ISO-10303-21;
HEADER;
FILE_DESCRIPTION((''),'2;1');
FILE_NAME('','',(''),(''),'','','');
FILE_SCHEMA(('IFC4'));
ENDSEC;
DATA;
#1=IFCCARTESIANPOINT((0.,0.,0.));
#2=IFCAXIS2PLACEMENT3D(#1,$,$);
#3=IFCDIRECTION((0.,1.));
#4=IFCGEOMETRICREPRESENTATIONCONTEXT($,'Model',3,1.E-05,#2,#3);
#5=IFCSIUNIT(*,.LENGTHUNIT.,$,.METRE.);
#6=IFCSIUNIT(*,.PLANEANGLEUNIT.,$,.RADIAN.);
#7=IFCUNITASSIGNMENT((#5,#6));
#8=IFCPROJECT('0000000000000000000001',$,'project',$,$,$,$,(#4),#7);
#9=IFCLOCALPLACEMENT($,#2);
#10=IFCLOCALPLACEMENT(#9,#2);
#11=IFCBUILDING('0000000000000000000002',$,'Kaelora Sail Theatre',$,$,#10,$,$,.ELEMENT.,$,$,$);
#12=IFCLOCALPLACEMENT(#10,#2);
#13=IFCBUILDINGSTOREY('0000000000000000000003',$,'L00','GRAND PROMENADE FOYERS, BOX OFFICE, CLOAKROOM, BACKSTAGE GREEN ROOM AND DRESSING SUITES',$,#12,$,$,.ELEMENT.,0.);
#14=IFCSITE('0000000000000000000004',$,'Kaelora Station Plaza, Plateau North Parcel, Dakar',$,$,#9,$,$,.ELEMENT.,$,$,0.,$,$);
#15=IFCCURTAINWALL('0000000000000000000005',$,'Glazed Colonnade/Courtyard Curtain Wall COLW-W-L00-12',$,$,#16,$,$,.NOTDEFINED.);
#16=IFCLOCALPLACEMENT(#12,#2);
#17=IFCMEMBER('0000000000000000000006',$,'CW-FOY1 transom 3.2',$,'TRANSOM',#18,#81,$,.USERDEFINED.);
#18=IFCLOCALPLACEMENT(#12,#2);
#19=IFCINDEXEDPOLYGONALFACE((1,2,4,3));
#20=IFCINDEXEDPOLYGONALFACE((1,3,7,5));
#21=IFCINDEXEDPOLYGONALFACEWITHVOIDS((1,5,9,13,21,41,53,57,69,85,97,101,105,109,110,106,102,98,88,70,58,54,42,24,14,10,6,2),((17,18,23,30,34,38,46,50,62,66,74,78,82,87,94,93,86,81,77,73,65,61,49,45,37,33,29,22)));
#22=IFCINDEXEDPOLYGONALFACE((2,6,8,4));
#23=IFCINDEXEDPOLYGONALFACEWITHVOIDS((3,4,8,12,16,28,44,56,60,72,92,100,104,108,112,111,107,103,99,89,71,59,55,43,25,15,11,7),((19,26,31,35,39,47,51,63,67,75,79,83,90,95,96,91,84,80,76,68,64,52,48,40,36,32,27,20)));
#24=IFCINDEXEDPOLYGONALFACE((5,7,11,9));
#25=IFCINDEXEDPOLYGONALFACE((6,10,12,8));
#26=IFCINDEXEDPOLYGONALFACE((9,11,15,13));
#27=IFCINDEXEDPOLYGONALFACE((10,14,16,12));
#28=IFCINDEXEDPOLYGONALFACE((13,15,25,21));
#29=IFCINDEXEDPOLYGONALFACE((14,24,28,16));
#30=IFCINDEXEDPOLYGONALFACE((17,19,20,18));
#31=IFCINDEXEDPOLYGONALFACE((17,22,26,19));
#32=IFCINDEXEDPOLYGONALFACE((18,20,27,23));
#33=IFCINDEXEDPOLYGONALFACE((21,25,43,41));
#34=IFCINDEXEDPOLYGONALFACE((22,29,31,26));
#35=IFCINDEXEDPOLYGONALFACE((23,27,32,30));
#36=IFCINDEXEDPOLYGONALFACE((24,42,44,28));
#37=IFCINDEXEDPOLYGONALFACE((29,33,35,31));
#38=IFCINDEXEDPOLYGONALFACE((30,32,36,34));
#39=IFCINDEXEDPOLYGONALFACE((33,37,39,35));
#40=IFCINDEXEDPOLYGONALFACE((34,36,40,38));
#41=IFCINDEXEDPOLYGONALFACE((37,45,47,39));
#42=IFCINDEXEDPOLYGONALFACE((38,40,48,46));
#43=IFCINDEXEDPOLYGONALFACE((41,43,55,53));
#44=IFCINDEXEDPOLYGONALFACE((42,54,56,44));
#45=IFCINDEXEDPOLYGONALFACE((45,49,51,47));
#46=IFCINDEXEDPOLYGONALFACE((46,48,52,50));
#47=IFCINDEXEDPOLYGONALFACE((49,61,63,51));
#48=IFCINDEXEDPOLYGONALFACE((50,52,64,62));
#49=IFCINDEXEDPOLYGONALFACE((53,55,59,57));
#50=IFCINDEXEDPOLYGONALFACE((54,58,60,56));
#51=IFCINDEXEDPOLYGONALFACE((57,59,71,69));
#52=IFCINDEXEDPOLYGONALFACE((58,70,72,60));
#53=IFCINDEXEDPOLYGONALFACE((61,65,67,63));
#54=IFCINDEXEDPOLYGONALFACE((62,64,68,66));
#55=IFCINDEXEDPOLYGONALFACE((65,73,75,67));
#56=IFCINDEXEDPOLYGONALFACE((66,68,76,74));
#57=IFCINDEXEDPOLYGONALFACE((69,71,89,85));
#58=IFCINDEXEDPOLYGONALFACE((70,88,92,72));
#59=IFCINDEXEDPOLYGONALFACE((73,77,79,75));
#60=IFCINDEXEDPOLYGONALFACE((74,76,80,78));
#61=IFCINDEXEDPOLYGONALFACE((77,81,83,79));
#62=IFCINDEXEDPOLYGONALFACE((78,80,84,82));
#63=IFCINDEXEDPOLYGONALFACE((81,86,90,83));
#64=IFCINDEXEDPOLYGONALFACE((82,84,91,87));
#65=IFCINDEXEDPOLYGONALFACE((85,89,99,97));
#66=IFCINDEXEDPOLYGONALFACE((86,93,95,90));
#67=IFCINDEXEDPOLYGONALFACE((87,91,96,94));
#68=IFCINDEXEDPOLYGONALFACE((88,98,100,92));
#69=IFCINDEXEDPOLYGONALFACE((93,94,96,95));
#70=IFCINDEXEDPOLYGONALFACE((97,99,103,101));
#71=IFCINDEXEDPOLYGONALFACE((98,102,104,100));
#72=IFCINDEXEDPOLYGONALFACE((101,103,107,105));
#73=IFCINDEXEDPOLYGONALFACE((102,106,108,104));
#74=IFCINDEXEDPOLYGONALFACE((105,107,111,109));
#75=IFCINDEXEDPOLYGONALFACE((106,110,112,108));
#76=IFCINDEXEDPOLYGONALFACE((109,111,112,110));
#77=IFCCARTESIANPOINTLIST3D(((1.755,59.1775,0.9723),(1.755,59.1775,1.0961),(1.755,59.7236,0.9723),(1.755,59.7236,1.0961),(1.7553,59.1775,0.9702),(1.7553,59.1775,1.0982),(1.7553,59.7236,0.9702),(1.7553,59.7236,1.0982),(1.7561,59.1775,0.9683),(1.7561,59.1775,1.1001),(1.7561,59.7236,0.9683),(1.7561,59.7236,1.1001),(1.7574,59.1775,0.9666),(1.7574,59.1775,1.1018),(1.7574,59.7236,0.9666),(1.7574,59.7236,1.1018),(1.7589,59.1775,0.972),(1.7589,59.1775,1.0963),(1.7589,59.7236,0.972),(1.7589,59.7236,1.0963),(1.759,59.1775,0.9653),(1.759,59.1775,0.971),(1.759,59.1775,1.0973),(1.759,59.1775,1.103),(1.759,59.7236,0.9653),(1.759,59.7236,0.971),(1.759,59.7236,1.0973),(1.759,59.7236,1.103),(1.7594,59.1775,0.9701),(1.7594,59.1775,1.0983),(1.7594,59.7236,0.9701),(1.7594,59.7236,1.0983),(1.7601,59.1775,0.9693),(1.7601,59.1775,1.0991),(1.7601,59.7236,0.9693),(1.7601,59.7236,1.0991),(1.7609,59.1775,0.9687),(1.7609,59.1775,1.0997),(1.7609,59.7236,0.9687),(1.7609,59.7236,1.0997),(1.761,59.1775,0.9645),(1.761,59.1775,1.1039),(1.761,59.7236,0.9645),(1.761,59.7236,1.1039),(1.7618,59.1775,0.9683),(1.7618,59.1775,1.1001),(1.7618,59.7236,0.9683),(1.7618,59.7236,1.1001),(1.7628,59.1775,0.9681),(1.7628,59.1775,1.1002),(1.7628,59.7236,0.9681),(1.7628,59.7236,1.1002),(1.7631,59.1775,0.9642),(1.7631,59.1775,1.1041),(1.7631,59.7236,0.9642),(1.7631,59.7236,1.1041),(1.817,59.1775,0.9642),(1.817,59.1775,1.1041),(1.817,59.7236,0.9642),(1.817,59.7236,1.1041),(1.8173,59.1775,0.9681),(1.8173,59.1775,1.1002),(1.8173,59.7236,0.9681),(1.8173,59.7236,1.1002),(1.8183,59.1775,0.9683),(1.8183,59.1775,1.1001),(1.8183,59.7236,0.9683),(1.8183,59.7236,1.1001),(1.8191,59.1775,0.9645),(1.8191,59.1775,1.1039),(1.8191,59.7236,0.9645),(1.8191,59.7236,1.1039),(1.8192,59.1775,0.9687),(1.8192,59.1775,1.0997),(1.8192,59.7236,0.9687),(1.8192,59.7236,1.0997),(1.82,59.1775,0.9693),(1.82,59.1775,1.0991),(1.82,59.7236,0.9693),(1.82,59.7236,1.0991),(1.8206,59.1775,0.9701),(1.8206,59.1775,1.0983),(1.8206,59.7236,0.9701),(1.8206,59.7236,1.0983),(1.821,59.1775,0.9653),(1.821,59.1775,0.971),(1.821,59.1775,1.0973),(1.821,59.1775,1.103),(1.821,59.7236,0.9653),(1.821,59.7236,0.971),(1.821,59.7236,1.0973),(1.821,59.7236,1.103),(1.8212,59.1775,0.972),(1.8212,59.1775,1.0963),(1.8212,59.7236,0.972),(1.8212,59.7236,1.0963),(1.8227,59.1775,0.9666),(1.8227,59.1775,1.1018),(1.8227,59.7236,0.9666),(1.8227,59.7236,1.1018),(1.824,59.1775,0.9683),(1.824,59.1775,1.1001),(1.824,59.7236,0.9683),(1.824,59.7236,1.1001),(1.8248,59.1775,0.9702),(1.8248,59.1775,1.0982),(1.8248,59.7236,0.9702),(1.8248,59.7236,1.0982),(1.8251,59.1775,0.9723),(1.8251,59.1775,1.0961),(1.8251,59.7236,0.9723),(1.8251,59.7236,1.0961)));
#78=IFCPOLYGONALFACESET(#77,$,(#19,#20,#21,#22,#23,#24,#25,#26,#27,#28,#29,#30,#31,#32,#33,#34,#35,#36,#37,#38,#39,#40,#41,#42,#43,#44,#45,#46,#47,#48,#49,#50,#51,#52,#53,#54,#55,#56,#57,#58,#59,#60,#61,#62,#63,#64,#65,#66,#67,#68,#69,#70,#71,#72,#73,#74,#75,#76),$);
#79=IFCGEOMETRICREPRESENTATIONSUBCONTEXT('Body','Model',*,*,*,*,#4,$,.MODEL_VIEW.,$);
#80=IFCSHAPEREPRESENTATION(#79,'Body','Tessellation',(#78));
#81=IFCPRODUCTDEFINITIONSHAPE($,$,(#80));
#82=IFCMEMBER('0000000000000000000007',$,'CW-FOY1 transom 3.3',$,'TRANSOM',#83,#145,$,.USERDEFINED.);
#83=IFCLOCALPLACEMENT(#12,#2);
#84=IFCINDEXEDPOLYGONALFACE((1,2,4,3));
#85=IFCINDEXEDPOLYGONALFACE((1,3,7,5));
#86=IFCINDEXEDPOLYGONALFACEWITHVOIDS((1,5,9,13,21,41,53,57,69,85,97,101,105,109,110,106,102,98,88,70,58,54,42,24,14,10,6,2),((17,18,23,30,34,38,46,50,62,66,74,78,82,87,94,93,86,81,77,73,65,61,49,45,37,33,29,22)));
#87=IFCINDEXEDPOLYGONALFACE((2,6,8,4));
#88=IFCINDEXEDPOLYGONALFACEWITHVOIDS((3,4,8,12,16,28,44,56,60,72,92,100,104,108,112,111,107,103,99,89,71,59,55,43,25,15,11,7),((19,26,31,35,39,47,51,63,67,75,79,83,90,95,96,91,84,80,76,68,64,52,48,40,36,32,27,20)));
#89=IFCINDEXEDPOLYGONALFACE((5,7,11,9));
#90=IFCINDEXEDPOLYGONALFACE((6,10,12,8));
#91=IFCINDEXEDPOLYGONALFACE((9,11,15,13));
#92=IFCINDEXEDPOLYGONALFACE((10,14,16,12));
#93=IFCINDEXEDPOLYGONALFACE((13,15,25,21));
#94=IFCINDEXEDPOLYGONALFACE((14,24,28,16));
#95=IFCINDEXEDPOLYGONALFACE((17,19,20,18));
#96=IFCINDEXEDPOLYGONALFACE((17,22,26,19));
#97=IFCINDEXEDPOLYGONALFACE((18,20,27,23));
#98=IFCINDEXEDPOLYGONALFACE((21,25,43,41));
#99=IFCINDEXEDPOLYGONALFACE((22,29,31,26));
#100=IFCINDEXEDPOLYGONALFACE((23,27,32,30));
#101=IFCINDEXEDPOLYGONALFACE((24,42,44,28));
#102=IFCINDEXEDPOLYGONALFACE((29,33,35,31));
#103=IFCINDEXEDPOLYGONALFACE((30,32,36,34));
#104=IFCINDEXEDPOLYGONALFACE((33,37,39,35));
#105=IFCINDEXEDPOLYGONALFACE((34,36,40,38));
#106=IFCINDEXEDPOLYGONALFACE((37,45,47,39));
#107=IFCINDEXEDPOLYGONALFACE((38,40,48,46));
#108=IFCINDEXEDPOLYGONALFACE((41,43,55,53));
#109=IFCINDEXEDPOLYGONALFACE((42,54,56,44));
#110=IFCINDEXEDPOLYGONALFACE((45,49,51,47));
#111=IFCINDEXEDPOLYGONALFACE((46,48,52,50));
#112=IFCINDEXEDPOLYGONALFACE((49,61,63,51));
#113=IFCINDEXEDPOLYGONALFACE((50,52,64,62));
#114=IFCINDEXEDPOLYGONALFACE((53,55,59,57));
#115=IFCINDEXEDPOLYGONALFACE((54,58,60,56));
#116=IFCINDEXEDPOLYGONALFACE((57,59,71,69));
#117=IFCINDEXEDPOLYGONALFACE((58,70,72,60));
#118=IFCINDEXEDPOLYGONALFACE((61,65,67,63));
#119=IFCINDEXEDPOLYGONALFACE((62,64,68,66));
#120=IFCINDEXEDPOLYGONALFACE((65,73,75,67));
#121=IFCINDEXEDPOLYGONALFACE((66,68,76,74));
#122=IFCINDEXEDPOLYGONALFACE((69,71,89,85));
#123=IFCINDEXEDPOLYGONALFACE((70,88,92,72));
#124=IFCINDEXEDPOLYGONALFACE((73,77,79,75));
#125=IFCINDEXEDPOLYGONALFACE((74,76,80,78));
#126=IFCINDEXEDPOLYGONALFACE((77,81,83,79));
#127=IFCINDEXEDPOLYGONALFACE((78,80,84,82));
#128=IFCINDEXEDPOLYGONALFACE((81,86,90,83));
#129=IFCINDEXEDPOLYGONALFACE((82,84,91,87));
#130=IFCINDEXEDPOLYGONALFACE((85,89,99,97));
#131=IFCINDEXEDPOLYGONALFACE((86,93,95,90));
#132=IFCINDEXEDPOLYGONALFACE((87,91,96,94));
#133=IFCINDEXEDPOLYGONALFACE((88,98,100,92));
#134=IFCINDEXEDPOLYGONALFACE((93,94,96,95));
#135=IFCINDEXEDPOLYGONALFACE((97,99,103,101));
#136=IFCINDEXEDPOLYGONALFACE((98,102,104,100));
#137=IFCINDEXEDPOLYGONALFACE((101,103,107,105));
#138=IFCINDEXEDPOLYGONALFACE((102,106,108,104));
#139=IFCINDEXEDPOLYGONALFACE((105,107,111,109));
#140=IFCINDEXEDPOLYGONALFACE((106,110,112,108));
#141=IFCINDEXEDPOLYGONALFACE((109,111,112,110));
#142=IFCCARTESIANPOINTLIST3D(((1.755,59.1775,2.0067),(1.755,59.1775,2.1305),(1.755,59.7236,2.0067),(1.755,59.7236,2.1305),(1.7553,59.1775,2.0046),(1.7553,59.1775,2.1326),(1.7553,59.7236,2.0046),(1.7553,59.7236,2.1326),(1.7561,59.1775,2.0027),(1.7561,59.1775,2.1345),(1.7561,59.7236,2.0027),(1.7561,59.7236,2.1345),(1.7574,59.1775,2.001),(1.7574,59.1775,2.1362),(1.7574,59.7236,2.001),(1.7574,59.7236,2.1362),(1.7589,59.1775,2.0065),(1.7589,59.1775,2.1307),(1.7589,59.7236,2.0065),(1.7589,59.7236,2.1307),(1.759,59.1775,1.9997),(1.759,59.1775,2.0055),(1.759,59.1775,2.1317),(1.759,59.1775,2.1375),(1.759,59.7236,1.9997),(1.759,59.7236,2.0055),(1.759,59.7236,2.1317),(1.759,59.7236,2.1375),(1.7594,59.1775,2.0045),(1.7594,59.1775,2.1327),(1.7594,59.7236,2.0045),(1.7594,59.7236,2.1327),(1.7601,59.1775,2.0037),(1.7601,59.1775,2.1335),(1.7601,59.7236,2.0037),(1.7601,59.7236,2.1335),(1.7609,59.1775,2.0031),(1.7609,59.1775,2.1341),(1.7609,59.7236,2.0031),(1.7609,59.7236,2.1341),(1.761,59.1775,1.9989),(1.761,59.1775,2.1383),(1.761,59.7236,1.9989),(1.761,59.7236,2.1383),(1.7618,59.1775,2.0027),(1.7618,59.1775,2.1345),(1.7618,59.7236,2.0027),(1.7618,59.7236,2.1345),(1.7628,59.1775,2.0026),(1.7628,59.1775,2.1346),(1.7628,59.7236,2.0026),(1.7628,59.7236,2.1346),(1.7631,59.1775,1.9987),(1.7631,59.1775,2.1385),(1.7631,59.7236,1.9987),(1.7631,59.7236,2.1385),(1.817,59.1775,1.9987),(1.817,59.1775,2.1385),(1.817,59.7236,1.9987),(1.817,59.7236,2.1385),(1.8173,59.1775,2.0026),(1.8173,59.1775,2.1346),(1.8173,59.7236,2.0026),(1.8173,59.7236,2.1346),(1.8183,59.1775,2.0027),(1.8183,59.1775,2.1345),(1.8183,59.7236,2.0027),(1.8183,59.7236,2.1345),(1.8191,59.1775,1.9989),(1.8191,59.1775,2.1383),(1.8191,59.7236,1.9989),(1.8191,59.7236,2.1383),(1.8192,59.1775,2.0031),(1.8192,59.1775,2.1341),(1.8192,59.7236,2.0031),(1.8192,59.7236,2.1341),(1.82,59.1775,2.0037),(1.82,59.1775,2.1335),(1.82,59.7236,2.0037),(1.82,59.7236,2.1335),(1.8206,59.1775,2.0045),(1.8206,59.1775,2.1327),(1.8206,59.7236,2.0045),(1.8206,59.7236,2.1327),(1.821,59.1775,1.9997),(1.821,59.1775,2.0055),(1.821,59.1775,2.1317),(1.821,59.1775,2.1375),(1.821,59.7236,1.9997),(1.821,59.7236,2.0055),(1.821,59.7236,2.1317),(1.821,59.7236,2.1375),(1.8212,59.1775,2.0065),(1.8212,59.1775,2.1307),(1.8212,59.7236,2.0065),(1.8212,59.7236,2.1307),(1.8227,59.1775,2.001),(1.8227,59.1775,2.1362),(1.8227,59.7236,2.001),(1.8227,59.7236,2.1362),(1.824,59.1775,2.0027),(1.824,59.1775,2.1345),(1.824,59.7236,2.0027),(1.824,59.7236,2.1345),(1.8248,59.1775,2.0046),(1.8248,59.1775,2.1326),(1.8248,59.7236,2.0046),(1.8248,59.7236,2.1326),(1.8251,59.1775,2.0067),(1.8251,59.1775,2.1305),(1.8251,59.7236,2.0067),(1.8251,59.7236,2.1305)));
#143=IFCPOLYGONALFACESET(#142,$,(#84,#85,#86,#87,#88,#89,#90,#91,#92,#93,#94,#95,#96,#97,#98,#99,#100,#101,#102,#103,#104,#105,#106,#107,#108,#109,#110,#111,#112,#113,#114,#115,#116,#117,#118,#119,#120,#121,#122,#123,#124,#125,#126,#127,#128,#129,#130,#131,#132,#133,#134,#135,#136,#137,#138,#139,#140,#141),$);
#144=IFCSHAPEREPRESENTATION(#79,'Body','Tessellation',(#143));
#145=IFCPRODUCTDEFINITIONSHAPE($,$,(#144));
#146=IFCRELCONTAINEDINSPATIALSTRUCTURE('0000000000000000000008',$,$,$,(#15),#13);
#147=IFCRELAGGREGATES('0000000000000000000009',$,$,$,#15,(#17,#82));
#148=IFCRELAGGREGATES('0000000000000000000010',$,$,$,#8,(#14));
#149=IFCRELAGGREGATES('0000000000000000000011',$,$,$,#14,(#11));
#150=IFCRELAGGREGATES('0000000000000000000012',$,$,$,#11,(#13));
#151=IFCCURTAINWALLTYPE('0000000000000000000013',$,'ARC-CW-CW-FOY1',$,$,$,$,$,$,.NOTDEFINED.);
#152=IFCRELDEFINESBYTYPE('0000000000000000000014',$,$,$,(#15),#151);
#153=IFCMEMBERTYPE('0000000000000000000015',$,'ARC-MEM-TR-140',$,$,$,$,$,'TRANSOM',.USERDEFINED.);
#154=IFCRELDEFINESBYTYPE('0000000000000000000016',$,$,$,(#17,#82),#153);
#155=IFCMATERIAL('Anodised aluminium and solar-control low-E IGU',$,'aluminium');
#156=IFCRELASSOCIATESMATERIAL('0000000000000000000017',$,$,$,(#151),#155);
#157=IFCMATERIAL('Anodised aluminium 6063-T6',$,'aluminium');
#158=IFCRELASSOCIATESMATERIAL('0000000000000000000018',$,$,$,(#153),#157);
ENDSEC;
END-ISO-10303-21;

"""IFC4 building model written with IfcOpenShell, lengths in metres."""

from ifc_helpers import new_model, si_unit, direction, frame, origin, origin_2d, place, context, subcontext, project, spatial, hollow_rectangle, extrude, material, material_profile, profile_set, type_object, element, aggregate, save


model = new_model("IFC4")

# Units and contexts
model_context = context("Model", 3, precision=1e-05, world=origin(), true_north=direction((0.0, 1.0)))
body_context = subcontext(model_context, "Body", "Model", "MODEL_VIEW")
ifc_project = project(units=[si_unit("LENGTHUNIT", "METRE"), si_unit("PLANEANGLEUNIT", "RADIAN")], contexts=[model_context])

# Site, building, storey
site_placement = place(None, origin())
site = spatial("IfcSite", under=ifc_project, at=site_placement, Name="Kaelora Station Plaza, Plateau North Parcel, Dakar", CompositionType="ELEMENT", RefElevation=0.0)
building_placement = place(site_placement, origin())
building = spatial("IfcBuilding", under=site, at=building_placement, Name="Kaelora Sail Theatre", CompositionType="ELEMENT")
storey_placement = place(building_placement, origin())
storey = spatial("IfcBuildingStorey", under=building, at=storey_placement, Name="L00", Description="GRAND PROMENADE FOYERS, BOX OFFICE, CLOAKROOM, BACKSTAGE GREEN ROOM AND DRESSING SUITES", CompositionType="ELEMENT", Elevation=0.0)

# Curtain wall, members
ifc_material_1 = material(Name="Anodised aluminium and solar-control low-E IGU", Category="aluminium")
curtain_wall_type = type_object("IfcCurtainWallType", Name="ARC-CW-CW-FOY1", PredefinedType="NOTDEFINED", material=ifc_material_1)
curtain_wall_placement = place(storey_placement, origin())
curtain_wall = element("IfcCurtainWall", 1, at=curtain_wall_placement, inside=storey, type_object=curtain_wall_type, Name="Glazed Colonnade/Courtyard Curtain Wall COLW-W-L00-12", PredefinedType="NOTDEFINED")
ifc_material_2 = material(Name="Anodised aluminium 6063-T6", Category="aluminium")
ifc_material_profile_1 = material_profile(ifc_material_2, hollow_rectangle(XDim=0.0701, YDim=0.1399, WallThickness=0.0039, InnerFilletRadius=0.0039, OuterFilletRadius=0.0081, at=origin_2d()), Name="ALU-TRAN 70x140x4")
ifc_profile_set_1 = profile_set([ifc_material_profile_1], Name="Anodised aluminium 6063-T6")
member_type_1 = type_object("IfcMemberType", Name="ARC-MEM-TR-140", ElementType="TRANSOM", PredefinedType="USERDEFINED", material=ifc_profile_set_1)
member_1_placement = place(storey_placement, frame((1.79, 59.1775, 1.0342), z_axis=(0.0, 1.0, 0.0), x_axis=(-1.0, 0.0, 0.0)))
member_1 = element("IfcMember", 2, at=member_1_placement, type_object=member_type_1, Name="CW-FOY1 transom 3.2", ObjectType="TRANSOM", PredefinedType="USERDEFINED", context=body_context, shape_type="SweptSolid", body=[
    extrude(hollow_rectangle(XDim=0.0701, YDim=0.1399, WallThickness=0.0039, InnerFilletRadius=0.0039, OuterFilletRadius=0.0081, at=origin_2d()), origin(), (0.0, 0.0, 1.0), 0.5461),
])
member_2_placement = place(storey_placement, frame((1.79, 59.1775, 2.0686), z_axis=(0.0, 1.0, 0.0), x_axis=(-1.0, 0.0, 0.0)))
member_2 = element("IfcMember", 3, at=member_2_placement, type_object=member_type_1, Name="CW-FOY1 transom 3.3", ObjectType="TRANSOM", PredefinedType="USERDEFINED", context=body_context, shape_type="SweptSolid", body=[
    extrude(hollow_rectangle(XDim=0.0701, YDim=0.1399, WallThickness=0.0039, InnerFilletRadius=0.0039, OuterFilletRadius=0.0081, at=origin_2d()), origin(), (0.0, 0.0, 1.0), 0.5461),
])
aggregate(curtain_wall, [member_1, member_2])

save(model, "model.ifc")
